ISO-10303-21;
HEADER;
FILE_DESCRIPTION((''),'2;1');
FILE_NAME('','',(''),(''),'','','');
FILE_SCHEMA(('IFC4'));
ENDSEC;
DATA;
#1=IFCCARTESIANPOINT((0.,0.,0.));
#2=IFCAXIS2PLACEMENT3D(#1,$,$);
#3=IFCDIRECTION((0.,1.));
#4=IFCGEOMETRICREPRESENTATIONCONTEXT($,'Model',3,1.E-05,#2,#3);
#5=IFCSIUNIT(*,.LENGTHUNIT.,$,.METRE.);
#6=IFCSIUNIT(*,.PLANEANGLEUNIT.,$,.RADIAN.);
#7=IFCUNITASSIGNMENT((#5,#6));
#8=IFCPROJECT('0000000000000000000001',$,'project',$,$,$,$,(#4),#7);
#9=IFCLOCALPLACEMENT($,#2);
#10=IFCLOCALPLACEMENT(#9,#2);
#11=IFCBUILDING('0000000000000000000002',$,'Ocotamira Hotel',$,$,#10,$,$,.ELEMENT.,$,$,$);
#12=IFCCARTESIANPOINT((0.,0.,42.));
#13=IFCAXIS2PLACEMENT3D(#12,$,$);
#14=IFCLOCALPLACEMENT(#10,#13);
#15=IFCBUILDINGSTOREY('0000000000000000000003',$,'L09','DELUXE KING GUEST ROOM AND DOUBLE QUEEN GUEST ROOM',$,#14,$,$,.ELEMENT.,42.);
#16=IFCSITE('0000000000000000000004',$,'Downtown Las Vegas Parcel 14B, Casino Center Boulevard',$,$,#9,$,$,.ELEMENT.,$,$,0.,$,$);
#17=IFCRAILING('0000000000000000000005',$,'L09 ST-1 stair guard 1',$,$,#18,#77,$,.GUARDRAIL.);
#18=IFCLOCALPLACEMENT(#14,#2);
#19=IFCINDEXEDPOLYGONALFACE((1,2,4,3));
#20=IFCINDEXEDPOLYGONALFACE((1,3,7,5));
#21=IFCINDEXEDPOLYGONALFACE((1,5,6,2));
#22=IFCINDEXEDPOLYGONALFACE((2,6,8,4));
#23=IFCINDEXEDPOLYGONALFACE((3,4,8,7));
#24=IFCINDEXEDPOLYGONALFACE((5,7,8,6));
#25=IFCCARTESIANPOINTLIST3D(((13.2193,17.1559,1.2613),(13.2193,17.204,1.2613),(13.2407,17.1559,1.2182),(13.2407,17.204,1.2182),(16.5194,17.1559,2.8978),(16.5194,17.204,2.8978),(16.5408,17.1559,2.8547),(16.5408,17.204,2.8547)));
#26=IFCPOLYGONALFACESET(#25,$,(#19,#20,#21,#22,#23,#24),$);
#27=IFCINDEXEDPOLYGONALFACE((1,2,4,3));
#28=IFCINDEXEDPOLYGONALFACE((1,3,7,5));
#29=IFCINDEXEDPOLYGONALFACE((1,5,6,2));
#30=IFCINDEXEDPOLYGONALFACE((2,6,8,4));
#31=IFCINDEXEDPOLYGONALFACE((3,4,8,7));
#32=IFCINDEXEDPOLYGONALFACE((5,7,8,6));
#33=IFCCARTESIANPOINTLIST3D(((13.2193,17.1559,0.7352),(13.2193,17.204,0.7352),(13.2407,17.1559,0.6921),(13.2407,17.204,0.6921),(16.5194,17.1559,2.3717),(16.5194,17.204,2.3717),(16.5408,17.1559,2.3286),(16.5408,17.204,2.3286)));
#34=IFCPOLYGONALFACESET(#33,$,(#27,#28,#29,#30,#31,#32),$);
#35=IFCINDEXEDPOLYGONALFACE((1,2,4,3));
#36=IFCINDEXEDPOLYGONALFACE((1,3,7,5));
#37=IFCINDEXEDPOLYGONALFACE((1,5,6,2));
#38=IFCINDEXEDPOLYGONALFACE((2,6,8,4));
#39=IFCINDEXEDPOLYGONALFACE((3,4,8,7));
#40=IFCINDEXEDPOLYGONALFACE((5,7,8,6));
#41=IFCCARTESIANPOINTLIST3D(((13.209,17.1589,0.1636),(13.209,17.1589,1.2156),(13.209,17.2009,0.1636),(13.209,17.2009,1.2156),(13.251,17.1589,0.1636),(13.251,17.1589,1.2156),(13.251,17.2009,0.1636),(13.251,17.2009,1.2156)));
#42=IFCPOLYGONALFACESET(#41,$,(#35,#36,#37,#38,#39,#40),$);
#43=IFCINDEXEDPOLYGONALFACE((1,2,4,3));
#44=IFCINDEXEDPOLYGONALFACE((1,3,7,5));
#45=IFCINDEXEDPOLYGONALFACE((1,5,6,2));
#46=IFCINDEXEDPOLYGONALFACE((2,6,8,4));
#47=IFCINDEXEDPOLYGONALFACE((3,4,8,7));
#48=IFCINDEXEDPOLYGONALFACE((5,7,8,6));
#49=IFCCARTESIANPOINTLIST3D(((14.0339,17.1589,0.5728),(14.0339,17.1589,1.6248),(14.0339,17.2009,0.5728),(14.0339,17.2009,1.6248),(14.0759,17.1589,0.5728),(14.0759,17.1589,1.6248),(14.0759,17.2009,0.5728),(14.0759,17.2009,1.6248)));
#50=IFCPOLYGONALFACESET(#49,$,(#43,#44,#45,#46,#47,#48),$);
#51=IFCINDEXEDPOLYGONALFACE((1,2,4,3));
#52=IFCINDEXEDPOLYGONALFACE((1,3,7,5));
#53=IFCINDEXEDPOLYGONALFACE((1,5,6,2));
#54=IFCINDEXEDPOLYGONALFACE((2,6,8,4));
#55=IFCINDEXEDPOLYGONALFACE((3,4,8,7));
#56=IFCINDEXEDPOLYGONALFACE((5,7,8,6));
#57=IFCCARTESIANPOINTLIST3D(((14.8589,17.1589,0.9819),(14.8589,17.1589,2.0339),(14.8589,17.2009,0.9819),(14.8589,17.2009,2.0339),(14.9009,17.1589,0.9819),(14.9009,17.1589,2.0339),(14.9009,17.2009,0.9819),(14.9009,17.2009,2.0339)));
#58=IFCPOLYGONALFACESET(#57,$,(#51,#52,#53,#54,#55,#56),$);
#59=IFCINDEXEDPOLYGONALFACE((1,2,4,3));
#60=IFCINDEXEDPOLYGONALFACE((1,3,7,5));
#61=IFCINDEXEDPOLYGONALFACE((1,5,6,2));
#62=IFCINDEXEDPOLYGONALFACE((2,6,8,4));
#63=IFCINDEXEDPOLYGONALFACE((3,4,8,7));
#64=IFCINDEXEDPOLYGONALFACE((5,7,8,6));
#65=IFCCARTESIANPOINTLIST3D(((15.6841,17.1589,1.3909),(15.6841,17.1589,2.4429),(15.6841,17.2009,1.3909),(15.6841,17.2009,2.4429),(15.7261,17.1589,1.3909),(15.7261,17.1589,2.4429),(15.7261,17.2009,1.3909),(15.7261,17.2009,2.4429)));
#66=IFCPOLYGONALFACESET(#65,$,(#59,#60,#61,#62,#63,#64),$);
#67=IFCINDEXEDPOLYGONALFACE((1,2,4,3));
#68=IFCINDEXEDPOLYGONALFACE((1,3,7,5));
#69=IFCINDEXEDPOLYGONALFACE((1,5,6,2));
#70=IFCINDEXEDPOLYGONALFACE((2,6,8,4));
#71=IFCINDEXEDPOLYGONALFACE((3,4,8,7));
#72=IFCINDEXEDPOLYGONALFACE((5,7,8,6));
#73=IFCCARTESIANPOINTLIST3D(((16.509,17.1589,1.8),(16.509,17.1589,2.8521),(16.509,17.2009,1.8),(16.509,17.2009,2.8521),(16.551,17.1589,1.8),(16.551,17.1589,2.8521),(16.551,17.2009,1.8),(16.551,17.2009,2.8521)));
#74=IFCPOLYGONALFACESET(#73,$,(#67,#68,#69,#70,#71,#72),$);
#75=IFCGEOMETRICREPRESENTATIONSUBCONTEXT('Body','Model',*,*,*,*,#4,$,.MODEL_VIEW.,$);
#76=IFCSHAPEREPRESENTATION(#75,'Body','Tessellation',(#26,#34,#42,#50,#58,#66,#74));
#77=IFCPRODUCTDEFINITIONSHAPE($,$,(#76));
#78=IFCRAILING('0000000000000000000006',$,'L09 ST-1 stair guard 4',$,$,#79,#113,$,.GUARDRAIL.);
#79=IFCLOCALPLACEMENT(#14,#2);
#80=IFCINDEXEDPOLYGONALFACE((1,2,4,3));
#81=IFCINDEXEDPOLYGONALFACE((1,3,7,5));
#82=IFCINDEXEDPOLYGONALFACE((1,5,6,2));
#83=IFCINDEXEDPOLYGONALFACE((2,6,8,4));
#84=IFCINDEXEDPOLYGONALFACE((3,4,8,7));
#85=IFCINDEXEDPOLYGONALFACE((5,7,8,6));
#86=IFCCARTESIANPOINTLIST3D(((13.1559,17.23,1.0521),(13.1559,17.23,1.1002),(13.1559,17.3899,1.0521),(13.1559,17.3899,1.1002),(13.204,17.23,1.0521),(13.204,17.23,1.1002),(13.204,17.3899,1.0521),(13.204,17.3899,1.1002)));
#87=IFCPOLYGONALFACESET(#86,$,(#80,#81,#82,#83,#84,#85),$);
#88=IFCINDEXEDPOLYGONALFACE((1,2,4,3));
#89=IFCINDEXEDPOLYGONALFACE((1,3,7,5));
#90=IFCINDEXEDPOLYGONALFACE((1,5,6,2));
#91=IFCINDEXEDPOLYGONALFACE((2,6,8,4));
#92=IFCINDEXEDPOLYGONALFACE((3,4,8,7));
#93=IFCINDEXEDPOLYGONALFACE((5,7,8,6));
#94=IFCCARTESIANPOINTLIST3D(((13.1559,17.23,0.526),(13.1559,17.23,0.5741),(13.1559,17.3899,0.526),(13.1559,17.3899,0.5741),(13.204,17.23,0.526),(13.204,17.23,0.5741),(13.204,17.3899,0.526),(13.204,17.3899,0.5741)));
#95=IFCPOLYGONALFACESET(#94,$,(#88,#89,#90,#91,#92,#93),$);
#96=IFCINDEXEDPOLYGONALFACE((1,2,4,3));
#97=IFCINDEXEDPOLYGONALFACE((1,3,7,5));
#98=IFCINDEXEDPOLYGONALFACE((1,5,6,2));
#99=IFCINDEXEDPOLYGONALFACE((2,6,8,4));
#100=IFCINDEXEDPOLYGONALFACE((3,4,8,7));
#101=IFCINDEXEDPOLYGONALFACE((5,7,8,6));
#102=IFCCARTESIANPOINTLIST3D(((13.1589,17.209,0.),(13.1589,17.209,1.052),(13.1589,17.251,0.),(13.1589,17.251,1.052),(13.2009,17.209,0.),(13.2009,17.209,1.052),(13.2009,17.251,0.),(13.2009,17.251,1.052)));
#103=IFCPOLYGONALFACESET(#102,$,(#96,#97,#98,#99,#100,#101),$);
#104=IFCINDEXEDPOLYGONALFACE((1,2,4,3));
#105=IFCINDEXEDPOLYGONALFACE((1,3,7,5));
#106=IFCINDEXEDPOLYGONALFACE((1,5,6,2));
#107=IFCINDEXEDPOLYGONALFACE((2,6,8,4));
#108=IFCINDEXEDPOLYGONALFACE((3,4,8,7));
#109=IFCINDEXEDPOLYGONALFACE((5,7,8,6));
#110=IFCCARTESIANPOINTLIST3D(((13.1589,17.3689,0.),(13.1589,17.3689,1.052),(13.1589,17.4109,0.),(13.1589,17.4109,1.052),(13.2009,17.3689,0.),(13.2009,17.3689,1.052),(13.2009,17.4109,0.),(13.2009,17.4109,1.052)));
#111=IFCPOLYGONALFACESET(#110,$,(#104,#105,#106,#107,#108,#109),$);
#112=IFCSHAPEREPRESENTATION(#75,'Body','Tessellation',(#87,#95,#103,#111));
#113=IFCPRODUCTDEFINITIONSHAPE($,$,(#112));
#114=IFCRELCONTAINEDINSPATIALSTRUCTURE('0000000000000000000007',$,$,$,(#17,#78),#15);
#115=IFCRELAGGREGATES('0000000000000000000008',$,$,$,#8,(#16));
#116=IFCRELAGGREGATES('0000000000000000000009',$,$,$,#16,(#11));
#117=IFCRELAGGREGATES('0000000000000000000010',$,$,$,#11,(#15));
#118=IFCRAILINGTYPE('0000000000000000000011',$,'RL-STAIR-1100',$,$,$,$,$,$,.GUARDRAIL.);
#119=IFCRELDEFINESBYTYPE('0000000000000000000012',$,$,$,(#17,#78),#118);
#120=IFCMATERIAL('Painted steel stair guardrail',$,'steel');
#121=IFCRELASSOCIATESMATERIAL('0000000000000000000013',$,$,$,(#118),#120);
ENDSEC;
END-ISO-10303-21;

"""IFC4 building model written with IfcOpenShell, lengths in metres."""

from ifc_helpers import new_model, si_unit, direction, frame, origin, origin_2d, place, context, subcontext, project, spatial, rectangle, extrude, material, type_object, element, save


model = new_model("IFC4")

# Units and contexts
model_context = context("Model", 3, precision=1e-05, world=origin(), true_north=direction((0.0, 1.0)))
body_context = subcontext(model_context, "Body", "Model", "MODEL_VIEW")
ifc_project = project(units=[si_unit("LENGTHUNIT", "METRE"), si_unit("PLANEANGLEUNIT", "RADIAN")], contexts=[model_context])

# Site, building, storey
site_placement = place(None, origin())
site = spatial("IfcSite", under=ifc_project, at=site_placement, Name="Downtown Las Vegas Parcel 14B, Casino Center Boulevard", CompositionType="ELEMENT", RefElevation=0.0)
building_placement = place(site_placement, origin())
building = spatial("IfcBuilding", under=site, at=building_placement, Name="Ocotamira Hotel", CompositionType="ELEMENT")
storey_placement = place(building_placement, frame((0.0, 0.0, 42.0)))
storey = spatial("IfcBuildingStorey", under=building, at=storey_placement, Name="L09", Description="DELUXE KING GUEST ROOM AND DOUBLE QUEEN GUEST ROOM", CompositionType="ELEMENT", Elevation=42.0)

# Railings
ifc_material_1 = material(Name="Painted steel stair guardrail", Category="steel")
railing_type_1 = type_object("IfcRailingType", Name="RL-STAIR-1100", PredefinedType="GUARDRAIL", material=ifc_material_1)
railing_1_placement = place(storey_placement, frame((13.23, 17.1799, 0.1636)))
element("IfcRailing", 1, at=railing_1_placement, inside=storey, type_object=railing_type_1, Name="L09 ST-1 stair guard 1", PredefinedType="GUARDRAIL", context=body_context, shape_type="SweptSolid", body=[
    extrude(rectangle(XDim=0.0481, YDim=0.0481, at=origin_2d()), frame((0.0, 0.0, 1.0762), z_axis=(0.895894, 0.0, 0.444268), x_axis=(0.0, 1.0, 0.0)), (0.0, 0.0, 1.0), 3.6836),
    extrude(rectangle(XDim=0.0481, YDim=0.0481, at=origin_2d()), frame((0.0, 0.0, 0.55), z_axis=(0.895894, 0.0, 0.444268), x_axis=(0.0, 1.0, 0.0)), (0.0, 0.0, 1.0), 3.6836),
    extrude(rectangle(XDim=0.042, YDim=0.042, at=origin_2d()), origin(), (0.0, 0.0, 1.0), 1.052),
    extrude(rectangle(XDim=0.042, YDim=0.042, at=origin_2d()), frame((0.825, 0.0, 0.4092)), (0.0, 0.0, 1.0), 1.052),
    extrude(rectangle(XDim=0.042, YDim=0.042, at=origin_2d()), frame((1.6499, 0.0, 0.8184)), (0.0, 0.0, 1.0), 1.052),
    extrude(rectangle(XDim=0.042, YDim=0.042, at=origin_2d()), frame((2.4751, 0.0, 1.2273)), (0.0, 0.0, 1.0), 1.052),
    extrude(rectangle(XDim=0.042, YDim=0.042, at=origin_2d()), frame((3.3, 0.0, 1.6365)), (0.0, 0.0, 1.0), 1.052),
])
railing_2_placement = place(storey_placement, frame((13.1799, 17.23, 0.0)))
element("IfcRailing", 2, at=railing_2_placement, inside=storey, type_object=railing_type_1, Name="L09 ST-1 stair guard 4", PredefinedType="GUARDRAIL", context=body_context, shape_type="SweptSolid", body=[
    extrude(rectangle(XDim=0.0481, YDim=0.0481, at=origin_2d()), frame((0.0, 0.0, 1.0762), z_axis=(0.0, 1.0, 0.0), x_axis=(-1.0, 0.0, 0.0)), (0.0, 0.0, 1.0), 0.1599),
    extrude(rectangle(XDim=0.0481, YDim=0.0481, at=origin_2d()), frame((0.0, 0.0, 0.55), z_axis=(0.0, 1.0, 0.0), x_axis=(-1.0, 0.0, 0.0)), (0.0, 0.0, 1.0), 0.1599),
    extrude(rectangle(XDim=0.042, YDim=0.042, at=origin_2d()), origin(), (0.0, 0.0, 1.0), 1.052),
    extrude(rectangle(XDim=0.042, YDim=0.042, at=origin_2d()), frame((0.0, 0.1599, 0.0)), (0.0, 0.0, 1.0), 1.052),
])

save(model, "model.ifc")
